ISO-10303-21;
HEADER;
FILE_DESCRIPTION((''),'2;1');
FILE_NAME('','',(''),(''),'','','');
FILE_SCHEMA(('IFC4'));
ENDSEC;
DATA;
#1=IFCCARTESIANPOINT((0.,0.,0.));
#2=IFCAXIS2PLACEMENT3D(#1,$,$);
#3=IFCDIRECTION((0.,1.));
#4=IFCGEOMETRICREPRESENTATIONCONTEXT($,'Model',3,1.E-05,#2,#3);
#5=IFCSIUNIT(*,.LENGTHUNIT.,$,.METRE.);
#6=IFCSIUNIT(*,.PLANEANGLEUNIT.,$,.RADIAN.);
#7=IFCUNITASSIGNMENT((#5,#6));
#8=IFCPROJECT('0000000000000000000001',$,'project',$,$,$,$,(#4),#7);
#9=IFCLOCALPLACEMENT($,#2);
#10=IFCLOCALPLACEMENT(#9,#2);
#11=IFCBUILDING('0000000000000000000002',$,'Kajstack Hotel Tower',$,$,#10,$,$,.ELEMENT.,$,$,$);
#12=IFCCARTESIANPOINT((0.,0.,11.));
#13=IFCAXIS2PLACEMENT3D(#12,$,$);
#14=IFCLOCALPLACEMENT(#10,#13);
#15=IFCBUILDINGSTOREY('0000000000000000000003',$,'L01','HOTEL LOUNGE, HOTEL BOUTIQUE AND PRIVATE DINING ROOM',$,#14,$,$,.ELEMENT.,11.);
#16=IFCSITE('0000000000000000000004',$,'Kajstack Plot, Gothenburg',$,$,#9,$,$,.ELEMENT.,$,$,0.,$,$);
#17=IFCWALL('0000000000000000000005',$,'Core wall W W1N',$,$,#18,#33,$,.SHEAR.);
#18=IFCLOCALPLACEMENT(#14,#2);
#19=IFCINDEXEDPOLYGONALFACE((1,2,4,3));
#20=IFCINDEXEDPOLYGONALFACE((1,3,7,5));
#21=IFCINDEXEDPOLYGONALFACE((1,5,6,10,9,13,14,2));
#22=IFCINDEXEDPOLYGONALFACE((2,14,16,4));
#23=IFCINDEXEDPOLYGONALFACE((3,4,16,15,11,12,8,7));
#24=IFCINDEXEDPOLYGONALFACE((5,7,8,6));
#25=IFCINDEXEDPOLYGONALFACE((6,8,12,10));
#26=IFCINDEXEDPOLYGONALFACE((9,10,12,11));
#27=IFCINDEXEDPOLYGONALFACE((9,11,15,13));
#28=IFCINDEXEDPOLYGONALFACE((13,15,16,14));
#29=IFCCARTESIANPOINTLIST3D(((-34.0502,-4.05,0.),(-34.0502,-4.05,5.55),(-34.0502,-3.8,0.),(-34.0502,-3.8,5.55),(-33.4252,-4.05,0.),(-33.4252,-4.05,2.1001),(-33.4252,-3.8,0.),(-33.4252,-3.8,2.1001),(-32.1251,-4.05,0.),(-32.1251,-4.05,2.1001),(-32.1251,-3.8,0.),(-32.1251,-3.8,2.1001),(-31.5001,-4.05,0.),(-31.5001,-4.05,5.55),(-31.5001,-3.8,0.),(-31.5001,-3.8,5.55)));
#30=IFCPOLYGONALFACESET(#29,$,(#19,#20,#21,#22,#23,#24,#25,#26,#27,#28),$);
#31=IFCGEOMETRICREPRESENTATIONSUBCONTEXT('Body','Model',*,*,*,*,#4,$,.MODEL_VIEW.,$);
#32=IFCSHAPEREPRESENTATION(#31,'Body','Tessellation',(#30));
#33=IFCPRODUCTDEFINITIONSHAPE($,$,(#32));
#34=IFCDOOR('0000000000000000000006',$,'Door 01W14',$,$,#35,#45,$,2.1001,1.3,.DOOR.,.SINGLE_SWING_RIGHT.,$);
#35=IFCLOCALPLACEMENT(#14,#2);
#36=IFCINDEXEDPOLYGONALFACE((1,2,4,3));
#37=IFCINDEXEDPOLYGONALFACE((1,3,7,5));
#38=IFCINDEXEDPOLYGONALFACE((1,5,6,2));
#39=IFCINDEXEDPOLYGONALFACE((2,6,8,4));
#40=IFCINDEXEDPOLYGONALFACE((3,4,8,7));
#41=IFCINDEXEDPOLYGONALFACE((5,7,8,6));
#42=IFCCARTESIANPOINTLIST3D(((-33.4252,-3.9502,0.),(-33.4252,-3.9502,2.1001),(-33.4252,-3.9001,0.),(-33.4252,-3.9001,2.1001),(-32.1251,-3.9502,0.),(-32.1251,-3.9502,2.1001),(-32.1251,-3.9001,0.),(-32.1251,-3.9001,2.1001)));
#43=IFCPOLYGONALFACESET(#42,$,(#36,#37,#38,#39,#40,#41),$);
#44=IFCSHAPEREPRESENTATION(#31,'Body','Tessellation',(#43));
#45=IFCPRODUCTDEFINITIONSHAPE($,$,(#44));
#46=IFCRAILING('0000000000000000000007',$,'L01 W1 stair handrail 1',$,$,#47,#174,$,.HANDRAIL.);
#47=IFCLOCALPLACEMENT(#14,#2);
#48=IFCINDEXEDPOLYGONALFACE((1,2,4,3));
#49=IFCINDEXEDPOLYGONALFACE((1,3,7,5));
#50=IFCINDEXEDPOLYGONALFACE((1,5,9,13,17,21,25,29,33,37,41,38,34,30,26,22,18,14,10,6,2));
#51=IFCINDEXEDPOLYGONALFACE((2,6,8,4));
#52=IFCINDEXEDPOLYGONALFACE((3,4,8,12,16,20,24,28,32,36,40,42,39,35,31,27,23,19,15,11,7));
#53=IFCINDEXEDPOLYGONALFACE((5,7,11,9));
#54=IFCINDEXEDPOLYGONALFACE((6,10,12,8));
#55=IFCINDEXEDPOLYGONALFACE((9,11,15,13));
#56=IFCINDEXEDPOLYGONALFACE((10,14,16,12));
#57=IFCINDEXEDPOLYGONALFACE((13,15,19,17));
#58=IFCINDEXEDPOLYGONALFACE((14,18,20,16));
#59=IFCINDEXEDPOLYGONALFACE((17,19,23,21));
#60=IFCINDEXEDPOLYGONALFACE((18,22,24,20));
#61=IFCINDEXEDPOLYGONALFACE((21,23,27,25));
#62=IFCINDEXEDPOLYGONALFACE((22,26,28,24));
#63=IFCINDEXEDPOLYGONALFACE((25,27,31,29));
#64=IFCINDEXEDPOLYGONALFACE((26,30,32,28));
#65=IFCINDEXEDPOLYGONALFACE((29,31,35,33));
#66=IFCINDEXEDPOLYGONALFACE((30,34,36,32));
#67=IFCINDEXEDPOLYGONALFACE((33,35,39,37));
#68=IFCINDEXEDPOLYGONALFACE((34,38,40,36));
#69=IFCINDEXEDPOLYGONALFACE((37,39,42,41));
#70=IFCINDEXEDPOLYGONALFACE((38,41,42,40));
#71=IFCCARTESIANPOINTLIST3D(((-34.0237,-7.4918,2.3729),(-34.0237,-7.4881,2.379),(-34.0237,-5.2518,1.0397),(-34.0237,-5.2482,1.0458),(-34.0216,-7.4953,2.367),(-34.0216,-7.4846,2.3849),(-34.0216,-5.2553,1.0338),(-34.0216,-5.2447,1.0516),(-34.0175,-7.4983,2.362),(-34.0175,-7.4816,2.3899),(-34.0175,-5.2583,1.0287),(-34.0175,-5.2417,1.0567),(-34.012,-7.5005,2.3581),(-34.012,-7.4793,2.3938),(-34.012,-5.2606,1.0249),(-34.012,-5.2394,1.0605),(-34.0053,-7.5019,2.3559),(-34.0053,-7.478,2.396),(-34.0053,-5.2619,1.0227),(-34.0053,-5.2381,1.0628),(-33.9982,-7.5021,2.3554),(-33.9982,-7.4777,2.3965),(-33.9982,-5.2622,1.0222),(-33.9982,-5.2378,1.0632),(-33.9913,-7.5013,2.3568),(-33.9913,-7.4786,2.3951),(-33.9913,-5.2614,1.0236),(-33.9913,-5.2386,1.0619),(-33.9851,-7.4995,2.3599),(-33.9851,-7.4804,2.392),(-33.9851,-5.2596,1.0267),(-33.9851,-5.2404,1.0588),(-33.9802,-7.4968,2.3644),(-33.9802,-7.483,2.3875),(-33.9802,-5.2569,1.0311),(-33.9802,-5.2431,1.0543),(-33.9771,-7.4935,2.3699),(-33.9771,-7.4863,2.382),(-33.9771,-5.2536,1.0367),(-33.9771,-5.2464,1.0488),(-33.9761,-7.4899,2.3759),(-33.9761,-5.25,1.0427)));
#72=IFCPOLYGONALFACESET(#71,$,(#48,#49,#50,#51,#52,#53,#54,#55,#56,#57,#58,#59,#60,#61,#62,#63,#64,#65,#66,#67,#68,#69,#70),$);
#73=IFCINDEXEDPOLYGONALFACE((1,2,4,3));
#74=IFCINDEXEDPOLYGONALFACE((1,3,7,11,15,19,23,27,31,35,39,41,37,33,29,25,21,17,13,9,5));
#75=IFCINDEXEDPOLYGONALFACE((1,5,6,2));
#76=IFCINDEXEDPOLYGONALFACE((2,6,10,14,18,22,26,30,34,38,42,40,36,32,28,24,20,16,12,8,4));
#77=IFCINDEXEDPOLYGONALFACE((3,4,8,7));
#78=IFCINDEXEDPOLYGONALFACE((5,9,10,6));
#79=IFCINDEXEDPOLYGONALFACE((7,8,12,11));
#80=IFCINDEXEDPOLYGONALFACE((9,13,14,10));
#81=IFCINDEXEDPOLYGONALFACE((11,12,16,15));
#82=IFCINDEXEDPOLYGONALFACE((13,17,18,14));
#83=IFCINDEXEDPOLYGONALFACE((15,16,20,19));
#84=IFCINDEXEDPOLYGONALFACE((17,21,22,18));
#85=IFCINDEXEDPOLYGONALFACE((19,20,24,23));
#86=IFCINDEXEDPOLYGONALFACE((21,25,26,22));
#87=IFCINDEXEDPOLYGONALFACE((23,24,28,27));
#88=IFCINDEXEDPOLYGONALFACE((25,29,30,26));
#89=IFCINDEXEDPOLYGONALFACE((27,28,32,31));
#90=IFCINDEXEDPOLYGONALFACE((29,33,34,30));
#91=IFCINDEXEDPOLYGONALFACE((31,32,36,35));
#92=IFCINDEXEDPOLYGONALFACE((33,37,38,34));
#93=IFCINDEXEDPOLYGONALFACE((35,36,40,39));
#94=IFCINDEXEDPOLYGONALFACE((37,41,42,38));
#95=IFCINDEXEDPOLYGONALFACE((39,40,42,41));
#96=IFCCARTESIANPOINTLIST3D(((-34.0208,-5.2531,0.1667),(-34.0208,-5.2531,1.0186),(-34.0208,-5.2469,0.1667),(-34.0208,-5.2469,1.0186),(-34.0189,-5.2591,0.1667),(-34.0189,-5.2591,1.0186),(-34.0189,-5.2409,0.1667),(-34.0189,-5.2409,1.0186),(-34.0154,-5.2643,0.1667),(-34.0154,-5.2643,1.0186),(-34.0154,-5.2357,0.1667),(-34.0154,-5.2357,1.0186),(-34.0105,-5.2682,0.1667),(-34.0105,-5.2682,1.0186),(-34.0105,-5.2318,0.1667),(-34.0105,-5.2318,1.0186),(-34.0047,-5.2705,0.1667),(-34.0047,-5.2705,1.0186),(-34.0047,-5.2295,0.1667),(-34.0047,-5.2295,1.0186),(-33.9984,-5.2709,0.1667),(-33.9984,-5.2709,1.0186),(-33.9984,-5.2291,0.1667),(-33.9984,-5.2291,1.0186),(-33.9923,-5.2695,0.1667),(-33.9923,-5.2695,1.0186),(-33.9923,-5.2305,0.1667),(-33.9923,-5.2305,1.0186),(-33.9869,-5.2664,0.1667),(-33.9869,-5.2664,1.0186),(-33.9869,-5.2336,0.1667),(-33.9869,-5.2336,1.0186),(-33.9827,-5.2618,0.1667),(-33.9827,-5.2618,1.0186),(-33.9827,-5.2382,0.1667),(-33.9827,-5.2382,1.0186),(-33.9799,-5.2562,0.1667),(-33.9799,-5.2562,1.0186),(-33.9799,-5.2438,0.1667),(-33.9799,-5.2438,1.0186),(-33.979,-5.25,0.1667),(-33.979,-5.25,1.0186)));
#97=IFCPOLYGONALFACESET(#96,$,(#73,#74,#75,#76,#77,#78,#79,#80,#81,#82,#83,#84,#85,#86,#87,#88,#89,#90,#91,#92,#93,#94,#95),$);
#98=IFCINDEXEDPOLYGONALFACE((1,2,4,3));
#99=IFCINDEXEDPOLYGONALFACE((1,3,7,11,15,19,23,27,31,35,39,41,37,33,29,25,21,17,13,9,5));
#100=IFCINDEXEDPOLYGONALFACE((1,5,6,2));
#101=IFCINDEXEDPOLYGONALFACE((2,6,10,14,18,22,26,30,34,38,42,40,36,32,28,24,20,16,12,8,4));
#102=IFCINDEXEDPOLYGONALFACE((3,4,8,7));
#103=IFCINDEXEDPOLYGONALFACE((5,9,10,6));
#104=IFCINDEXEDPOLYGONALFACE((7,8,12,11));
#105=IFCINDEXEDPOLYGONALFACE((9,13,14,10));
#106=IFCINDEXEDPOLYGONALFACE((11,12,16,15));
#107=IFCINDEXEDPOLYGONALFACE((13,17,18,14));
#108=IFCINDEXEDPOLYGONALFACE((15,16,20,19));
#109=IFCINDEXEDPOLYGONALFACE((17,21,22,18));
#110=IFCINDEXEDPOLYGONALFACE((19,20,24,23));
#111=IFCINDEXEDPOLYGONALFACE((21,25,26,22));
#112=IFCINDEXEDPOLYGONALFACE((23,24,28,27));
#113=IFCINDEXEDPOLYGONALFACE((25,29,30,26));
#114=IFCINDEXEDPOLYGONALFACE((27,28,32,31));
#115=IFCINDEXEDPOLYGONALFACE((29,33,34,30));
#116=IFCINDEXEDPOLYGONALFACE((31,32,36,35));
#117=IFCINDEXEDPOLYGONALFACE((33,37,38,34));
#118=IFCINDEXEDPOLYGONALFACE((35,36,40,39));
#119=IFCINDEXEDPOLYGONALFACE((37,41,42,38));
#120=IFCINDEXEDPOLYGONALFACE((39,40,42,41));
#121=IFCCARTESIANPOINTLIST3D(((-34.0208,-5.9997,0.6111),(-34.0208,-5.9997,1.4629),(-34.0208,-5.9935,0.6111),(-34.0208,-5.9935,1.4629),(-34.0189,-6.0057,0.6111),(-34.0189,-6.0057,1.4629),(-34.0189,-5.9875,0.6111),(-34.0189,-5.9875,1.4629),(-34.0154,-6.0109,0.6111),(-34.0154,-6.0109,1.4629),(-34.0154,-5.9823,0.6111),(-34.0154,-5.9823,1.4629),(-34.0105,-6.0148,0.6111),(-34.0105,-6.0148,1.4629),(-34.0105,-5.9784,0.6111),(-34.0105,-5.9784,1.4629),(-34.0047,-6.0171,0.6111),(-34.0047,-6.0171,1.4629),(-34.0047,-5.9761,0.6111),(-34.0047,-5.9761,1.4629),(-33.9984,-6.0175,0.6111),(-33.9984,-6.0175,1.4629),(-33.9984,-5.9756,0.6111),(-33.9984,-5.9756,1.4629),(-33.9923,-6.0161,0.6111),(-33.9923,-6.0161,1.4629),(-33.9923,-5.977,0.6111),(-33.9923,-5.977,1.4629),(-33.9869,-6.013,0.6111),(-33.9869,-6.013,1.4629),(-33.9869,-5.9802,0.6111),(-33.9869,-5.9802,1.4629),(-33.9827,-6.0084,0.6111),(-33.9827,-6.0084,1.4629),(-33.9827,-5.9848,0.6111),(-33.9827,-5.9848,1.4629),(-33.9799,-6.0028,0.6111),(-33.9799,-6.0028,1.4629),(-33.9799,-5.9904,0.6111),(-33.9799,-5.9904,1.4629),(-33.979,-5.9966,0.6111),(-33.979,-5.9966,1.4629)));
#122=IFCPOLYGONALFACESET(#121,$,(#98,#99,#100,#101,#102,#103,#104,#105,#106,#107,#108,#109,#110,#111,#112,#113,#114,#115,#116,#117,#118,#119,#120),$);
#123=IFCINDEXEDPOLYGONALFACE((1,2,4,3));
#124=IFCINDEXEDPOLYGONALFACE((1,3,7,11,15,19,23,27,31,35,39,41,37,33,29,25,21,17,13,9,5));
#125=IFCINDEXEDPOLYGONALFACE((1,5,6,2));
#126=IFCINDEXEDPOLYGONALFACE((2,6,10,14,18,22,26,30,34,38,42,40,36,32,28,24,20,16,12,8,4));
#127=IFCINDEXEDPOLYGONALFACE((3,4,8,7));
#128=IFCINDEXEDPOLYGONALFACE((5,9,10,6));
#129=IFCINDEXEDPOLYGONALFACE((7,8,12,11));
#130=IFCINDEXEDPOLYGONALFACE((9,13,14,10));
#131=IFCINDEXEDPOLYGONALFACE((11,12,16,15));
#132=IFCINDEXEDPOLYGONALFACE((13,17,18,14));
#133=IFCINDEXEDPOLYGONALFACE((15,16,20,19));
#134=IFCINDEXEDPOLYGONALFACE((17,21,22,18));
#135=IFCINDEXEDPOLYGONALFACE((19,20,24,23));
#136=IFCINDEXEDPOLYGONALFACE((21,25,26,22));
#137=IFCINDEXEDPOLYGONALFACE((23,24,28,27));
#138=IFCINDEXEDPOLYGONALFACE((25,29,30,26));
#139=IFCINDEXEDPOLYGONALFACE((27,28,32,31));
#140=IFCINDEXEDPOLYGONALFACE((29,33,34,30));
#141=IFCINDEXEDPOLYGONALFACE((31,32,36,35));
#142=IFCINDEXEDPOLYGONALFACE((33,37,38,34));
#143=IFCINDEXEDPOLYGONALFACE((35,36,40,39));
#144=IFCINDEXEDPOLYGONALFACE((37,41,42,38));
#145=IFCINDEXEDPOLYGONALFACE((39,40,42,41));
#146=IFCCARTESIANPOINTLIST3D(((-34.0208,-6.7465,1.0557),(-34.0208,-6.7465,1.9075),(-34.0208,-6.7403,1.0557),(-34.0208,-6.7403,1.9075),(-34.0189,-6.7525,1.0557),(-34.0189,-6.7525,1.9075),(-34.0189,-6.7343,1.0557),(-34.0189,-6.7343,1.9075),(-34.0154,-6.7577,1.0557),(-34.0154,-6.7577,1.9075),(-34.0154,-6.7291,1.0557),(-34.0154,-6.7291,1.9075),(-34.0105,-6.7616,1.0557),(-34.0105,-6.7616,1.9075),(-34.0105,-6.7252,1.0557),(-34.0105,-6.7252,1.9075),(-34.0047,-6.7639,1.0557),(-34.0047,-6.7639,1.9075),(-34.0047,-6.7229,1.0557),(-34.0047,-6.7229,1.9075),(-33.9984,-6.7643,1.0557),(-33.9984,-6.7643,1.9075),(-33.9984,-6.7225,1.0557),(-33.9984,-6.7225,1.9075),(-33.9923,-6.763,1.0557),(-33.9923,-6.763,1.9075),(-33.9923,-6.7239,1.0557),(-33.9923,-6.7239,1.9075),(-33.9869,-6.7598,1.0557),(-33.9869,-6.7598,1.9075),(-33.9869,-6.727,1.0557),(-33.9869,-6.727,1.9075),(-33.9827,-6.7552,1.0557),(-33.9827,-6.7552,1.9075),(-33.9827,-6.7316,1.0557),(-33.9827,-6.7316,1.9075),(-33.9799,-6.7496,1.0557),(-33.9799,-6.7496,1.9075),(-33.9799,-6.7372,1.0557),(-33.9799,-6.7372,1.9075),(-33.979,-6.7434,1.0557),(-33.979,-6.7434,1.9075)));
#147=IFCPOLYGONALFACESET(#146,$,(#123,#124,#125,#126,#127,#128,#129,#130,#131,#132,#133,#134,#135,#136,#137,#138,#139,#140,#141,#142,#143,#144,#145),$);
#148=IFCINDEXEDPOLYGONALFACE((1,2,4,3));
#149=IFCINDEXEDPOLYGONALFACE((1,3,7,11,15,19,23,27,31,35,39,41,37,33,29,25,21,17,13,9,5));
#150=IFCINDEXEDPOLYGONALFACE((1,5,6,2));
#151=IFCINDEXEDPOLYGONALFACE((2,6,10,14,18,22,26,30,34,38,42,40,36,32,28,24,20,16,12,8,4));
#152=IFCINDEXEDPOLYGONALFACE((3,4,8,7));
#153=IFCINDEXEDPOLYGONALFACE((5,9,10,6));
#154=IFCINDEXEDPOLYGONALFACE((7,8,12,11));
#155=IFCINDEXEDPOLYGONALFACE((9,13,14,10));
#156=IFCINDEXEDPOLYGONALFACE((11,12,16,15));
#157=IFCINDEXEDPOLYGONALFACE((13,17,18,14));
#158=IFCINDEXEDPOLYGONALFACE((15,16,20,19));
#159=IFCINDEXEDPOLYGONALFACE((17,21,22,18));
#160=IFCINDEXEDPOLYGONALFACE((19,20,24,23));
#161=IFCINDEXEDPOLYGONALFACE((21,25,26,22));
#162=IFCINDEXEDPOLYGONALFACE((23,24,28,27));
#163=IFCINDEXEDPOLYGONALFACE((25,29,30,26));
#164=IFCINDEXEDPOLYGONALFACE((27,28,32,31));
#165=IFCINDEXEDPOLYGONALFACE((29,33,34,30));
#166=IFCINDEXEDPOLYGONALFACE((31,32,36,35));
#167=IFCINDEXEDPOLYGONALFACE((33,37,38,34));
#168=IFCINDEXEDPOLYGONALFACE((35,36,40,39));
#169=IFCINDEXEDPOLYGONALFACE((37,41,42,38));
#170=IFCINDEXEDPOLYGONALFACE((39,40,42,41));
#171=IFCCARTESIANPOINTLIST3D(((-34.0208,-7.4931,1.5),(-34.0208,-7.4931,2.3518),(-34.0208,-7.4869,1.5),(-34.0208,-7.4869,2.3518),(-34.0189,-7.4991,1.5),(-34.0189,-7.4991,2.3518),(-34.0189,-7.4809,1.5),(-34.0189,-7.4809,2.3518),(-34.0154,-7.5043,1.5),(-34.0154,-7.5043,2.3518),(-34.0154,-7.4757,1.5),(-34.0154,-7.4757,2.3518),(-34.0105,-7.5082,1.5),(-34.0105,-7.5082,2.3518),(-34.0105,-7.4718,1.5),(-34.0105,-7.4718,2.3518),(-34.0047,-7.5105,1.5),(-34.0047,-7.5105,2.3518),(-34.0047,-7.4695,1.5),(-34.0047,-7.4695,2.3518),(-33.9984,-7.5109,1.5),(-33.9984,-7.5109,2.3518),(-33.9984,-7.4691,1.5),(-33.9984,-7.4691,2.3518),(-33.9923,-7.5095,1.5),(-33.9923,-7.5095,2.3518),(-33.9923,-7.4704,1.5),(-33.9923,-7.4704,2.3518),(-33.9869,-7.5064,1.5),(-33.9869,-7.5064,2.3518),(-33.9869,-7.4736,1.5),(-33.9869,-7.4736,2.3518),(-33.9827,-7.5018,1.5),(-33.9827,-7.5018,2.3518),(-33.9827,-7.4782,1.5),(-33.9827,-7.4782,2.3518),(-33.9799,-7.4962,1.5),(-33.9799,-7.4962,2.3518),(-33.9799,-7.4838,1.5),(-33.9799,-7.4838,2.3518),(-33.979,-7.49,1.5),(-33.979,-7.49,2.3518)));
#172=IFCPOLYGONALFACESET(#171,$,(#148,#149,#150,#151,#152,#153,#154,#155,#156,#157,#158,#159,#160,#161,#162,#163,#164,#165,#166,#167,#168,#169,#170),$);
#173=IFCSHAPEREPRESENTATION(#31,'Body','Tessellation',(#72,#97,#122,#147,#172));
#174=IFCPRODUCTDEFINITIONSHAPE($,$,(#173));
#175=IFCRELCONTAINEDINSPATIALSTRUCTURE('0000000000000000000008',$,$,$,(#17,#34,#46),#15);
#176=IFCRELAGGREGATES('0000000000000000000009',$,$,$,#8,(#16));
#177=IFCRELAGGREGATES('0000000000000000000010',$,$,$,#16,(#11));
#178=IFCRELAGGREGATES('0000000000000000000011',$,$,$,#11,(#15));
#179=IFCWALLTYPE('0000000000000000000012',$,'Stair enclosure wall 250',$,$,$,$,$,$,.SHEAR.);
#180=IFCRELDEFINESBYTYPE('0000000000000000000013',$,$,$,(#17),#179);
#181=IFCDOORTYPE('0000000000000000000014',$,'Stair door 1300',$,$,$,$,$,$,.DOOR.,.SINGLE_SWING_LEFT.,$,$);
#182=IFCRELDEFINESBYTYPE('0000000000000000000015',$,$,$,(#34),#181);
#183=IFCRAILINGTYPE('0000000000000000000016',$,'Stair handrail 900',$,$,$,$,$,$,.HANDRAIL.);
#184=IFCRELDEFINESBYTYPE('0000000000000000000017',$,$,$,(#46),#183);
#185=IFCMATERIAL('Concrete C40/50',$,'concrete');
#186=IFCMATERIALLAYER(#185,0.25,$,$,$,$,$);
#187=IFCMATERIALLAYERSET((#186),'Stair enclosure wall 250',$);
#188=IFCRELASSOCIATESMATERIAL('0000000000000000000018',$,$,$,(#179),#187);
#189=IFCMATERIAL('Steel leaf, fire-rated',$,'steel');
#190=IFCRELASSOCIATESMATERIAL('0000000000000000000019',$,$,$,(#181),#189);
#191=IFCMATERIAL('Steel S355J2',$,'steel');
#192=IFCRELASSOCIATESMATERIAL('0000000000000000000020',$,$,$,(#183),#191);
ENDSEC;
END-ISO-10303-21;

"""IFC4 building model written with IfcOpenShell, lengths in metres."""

from ifc_helpers import new_model, si_unit, direction, frame, frame_2d, origin, origin_2d, place, context, subcontext, project, spatial, rectangle, circle, extrude, material, layer, layer_set, type_object, element, fill, save


model = new_model("IFC4")

# Units and contexts
model_context = context("Model", 3, precision=1e-05, world=origin(), true_north=direction((0.0, 1.0)))
body_context = subcontext(model_context, "Body", "Model", "MODEL_VIEW")
ifc_project = project(units=[si_unit("LENGTHUNIT", "METRE"), si_unit("PLANEANGLEUNIT", "RADIAN")], contexts=[model_context])

# Site, building, storey
site_placement = place(None, origin())
site = spatial("IfcSite", under=ifc_project, at=site_placement, Name="Kajstack Plot, Gothenburg", CompositionType="ELEMENT", RefElevation=0.0)
building_placement = place(site_placement, origin())
building = spatial("IfcBuilding", under=site, at=building_placement, Name="Kajstack Hotel Tower", CompositionType="ELEMENT")
storey_placement = place(building_placement, frame((0.0, 0.0, 11.0)))
storey = spatial("IfcBuildingStorey", under=building, at=storey_placement, Name="L01", Description="HOTEL LOUNGE, HOTEL BOUTIQUE AND PRIVATE DINING ROOM", CompositionType="ELEMENT", Elevation=11.0)

# Shared definitions
ifc_material_1 = material(Name="Steel leaf, fire-rated", Category="steel")

# Wall, opening, door
ifc_material_2 = material(Name="Concrete C40/50", Category="concrete")
ifc_layer_1 = layer(ifc_material_2, 0.25)
ifc_layer_set_1 = layer_set([ifc_layer_1], Name="Stair enclosure wall 250")
wall_type_1 = type_object("IfcWallType", Name="Stair enclosure wall 250", PredefinedType="SHEAR", material=ifc_layer_set_1)
wall_1_placement = place(storey_placement, frame((-34.05, -3.925, 0.0), z_axis=(0.0, 0.0, 1.0), x_axis=(1.0, 0.0, 0.0)))
wall_1 = element("IfcWall", 1, at=wall_1_placement, inside=storey, type_object=wall_type_1, Name="Core wall W W1N", PredefinedType="SHEAR", context=body_context, shape_type="SweptSolid", body=[
    extrude(rectangle(XDim=2.55, YDim=0.25, at=frame_2d((1.2749, 0.0))), origin(), (0.0, 0.0, 1.0), 5.55),
])
opening_1_placement = place(wall_1_placement, frame((0.625, 0.0, 0.0)))
opening_1 = element("IfcOpeningElement", 2, at=opening_1_placement, cuts=wall_1, PredefinedType="OPENING", context=body_context, shape_type="SweptSolid", body=[
    extrude(rectangle(XDim=1.3, YDim=2.1001, at=frame_2d((0.6499, 1.05))), frame((0.0, 0.135, 0.0), z_axis=(0.0, -1.0, 0.0), x_axis=(1.0, 0.0, 0.0)), (0.0, 0.0, 1.0), 0.27),
])
door_type_1 = type_object("IfcDoorType", Name="Stair door 1300", OperationType="SINGLE_SWING_LEFT", PredefinedType="DOOR", material=ifc_material_1)
door_1_placement = place(opening_1_placement, origin())
door_1 = element("IfcDoor", 3, at=door_1_placement, inside=storey, type_object=door_type_1, Name="Door 01W14", OperationType="SINGLE_SWING_RIGHT", OverallHeight=2.1001, OverallWidth=1.3, PredefinedType="DOOR", context=body_context, shape_type="SweptSolid", body=[
    extrude(rectangle(XDim=1.3, YDim=2.1001, at=frame_2d((0.6499, 1.05))), frame((0.0, 0.0249, 0.0), z_axis=(0.0, -1.0, 0.0), x_axis=(1.0, 0.0, 0.0)), (0.0, 0.0, 1.0), 0.05),
])
fill(opening_1, door_1)

# Railing
ifc_material_3 = material(Name="Steel S355J2", Category="steel")
railing_type_1 = type_object("IfcRailingType", Name="Stair handrail 900", PredefinedType="HANDRAIL", material=ifc_material_3)
for number, where, name in (
    (4, (-34.0, -5.25, 0.1667), "L01 W1 stair handrail 1"),
):
    element("IfcRailing", number, at=place(storey_placement, frame(where)), inside=storey, type_object=railing_type_1, Name=name, PredefinedType="HANDRAIL", context=body_context, shape_type="SweptSolid", body=[
        extrude(circle(Radius=0.0239, at=origin_2d()), frame((0.0, 0.0, 0.876), z_axis=(0.0, -0.859306, 0.511462), x_axis=(1.0, 0.0, 0.0)), (0.0, 0.0, 1.0), 2.6067),
        extrude(circle(Radius=0.021, at=origin_2d()), origin(), (0.0, 0.0, 1.0), 0.8518),
        extrude(circle(Radius=0.021, at=origin_2d()), frame((0.0, -0.7466, 0.4443)), (0.0, 0.0, 1.0), 0.8518),
        extrude(circle(Radius=0.021, at=origin_2d()), frame((0.0, -1.4934, 0.8889)), (0.0, 0.0, 1.0), 0.8518),
        extrude(circle(Radius=0.021, at=origin_2d()), frame((0.0, -2.24, 1.3333)), (0.0, 0.0, 1.0), 0.8518),
    ])

save(model, "model.ifc")
